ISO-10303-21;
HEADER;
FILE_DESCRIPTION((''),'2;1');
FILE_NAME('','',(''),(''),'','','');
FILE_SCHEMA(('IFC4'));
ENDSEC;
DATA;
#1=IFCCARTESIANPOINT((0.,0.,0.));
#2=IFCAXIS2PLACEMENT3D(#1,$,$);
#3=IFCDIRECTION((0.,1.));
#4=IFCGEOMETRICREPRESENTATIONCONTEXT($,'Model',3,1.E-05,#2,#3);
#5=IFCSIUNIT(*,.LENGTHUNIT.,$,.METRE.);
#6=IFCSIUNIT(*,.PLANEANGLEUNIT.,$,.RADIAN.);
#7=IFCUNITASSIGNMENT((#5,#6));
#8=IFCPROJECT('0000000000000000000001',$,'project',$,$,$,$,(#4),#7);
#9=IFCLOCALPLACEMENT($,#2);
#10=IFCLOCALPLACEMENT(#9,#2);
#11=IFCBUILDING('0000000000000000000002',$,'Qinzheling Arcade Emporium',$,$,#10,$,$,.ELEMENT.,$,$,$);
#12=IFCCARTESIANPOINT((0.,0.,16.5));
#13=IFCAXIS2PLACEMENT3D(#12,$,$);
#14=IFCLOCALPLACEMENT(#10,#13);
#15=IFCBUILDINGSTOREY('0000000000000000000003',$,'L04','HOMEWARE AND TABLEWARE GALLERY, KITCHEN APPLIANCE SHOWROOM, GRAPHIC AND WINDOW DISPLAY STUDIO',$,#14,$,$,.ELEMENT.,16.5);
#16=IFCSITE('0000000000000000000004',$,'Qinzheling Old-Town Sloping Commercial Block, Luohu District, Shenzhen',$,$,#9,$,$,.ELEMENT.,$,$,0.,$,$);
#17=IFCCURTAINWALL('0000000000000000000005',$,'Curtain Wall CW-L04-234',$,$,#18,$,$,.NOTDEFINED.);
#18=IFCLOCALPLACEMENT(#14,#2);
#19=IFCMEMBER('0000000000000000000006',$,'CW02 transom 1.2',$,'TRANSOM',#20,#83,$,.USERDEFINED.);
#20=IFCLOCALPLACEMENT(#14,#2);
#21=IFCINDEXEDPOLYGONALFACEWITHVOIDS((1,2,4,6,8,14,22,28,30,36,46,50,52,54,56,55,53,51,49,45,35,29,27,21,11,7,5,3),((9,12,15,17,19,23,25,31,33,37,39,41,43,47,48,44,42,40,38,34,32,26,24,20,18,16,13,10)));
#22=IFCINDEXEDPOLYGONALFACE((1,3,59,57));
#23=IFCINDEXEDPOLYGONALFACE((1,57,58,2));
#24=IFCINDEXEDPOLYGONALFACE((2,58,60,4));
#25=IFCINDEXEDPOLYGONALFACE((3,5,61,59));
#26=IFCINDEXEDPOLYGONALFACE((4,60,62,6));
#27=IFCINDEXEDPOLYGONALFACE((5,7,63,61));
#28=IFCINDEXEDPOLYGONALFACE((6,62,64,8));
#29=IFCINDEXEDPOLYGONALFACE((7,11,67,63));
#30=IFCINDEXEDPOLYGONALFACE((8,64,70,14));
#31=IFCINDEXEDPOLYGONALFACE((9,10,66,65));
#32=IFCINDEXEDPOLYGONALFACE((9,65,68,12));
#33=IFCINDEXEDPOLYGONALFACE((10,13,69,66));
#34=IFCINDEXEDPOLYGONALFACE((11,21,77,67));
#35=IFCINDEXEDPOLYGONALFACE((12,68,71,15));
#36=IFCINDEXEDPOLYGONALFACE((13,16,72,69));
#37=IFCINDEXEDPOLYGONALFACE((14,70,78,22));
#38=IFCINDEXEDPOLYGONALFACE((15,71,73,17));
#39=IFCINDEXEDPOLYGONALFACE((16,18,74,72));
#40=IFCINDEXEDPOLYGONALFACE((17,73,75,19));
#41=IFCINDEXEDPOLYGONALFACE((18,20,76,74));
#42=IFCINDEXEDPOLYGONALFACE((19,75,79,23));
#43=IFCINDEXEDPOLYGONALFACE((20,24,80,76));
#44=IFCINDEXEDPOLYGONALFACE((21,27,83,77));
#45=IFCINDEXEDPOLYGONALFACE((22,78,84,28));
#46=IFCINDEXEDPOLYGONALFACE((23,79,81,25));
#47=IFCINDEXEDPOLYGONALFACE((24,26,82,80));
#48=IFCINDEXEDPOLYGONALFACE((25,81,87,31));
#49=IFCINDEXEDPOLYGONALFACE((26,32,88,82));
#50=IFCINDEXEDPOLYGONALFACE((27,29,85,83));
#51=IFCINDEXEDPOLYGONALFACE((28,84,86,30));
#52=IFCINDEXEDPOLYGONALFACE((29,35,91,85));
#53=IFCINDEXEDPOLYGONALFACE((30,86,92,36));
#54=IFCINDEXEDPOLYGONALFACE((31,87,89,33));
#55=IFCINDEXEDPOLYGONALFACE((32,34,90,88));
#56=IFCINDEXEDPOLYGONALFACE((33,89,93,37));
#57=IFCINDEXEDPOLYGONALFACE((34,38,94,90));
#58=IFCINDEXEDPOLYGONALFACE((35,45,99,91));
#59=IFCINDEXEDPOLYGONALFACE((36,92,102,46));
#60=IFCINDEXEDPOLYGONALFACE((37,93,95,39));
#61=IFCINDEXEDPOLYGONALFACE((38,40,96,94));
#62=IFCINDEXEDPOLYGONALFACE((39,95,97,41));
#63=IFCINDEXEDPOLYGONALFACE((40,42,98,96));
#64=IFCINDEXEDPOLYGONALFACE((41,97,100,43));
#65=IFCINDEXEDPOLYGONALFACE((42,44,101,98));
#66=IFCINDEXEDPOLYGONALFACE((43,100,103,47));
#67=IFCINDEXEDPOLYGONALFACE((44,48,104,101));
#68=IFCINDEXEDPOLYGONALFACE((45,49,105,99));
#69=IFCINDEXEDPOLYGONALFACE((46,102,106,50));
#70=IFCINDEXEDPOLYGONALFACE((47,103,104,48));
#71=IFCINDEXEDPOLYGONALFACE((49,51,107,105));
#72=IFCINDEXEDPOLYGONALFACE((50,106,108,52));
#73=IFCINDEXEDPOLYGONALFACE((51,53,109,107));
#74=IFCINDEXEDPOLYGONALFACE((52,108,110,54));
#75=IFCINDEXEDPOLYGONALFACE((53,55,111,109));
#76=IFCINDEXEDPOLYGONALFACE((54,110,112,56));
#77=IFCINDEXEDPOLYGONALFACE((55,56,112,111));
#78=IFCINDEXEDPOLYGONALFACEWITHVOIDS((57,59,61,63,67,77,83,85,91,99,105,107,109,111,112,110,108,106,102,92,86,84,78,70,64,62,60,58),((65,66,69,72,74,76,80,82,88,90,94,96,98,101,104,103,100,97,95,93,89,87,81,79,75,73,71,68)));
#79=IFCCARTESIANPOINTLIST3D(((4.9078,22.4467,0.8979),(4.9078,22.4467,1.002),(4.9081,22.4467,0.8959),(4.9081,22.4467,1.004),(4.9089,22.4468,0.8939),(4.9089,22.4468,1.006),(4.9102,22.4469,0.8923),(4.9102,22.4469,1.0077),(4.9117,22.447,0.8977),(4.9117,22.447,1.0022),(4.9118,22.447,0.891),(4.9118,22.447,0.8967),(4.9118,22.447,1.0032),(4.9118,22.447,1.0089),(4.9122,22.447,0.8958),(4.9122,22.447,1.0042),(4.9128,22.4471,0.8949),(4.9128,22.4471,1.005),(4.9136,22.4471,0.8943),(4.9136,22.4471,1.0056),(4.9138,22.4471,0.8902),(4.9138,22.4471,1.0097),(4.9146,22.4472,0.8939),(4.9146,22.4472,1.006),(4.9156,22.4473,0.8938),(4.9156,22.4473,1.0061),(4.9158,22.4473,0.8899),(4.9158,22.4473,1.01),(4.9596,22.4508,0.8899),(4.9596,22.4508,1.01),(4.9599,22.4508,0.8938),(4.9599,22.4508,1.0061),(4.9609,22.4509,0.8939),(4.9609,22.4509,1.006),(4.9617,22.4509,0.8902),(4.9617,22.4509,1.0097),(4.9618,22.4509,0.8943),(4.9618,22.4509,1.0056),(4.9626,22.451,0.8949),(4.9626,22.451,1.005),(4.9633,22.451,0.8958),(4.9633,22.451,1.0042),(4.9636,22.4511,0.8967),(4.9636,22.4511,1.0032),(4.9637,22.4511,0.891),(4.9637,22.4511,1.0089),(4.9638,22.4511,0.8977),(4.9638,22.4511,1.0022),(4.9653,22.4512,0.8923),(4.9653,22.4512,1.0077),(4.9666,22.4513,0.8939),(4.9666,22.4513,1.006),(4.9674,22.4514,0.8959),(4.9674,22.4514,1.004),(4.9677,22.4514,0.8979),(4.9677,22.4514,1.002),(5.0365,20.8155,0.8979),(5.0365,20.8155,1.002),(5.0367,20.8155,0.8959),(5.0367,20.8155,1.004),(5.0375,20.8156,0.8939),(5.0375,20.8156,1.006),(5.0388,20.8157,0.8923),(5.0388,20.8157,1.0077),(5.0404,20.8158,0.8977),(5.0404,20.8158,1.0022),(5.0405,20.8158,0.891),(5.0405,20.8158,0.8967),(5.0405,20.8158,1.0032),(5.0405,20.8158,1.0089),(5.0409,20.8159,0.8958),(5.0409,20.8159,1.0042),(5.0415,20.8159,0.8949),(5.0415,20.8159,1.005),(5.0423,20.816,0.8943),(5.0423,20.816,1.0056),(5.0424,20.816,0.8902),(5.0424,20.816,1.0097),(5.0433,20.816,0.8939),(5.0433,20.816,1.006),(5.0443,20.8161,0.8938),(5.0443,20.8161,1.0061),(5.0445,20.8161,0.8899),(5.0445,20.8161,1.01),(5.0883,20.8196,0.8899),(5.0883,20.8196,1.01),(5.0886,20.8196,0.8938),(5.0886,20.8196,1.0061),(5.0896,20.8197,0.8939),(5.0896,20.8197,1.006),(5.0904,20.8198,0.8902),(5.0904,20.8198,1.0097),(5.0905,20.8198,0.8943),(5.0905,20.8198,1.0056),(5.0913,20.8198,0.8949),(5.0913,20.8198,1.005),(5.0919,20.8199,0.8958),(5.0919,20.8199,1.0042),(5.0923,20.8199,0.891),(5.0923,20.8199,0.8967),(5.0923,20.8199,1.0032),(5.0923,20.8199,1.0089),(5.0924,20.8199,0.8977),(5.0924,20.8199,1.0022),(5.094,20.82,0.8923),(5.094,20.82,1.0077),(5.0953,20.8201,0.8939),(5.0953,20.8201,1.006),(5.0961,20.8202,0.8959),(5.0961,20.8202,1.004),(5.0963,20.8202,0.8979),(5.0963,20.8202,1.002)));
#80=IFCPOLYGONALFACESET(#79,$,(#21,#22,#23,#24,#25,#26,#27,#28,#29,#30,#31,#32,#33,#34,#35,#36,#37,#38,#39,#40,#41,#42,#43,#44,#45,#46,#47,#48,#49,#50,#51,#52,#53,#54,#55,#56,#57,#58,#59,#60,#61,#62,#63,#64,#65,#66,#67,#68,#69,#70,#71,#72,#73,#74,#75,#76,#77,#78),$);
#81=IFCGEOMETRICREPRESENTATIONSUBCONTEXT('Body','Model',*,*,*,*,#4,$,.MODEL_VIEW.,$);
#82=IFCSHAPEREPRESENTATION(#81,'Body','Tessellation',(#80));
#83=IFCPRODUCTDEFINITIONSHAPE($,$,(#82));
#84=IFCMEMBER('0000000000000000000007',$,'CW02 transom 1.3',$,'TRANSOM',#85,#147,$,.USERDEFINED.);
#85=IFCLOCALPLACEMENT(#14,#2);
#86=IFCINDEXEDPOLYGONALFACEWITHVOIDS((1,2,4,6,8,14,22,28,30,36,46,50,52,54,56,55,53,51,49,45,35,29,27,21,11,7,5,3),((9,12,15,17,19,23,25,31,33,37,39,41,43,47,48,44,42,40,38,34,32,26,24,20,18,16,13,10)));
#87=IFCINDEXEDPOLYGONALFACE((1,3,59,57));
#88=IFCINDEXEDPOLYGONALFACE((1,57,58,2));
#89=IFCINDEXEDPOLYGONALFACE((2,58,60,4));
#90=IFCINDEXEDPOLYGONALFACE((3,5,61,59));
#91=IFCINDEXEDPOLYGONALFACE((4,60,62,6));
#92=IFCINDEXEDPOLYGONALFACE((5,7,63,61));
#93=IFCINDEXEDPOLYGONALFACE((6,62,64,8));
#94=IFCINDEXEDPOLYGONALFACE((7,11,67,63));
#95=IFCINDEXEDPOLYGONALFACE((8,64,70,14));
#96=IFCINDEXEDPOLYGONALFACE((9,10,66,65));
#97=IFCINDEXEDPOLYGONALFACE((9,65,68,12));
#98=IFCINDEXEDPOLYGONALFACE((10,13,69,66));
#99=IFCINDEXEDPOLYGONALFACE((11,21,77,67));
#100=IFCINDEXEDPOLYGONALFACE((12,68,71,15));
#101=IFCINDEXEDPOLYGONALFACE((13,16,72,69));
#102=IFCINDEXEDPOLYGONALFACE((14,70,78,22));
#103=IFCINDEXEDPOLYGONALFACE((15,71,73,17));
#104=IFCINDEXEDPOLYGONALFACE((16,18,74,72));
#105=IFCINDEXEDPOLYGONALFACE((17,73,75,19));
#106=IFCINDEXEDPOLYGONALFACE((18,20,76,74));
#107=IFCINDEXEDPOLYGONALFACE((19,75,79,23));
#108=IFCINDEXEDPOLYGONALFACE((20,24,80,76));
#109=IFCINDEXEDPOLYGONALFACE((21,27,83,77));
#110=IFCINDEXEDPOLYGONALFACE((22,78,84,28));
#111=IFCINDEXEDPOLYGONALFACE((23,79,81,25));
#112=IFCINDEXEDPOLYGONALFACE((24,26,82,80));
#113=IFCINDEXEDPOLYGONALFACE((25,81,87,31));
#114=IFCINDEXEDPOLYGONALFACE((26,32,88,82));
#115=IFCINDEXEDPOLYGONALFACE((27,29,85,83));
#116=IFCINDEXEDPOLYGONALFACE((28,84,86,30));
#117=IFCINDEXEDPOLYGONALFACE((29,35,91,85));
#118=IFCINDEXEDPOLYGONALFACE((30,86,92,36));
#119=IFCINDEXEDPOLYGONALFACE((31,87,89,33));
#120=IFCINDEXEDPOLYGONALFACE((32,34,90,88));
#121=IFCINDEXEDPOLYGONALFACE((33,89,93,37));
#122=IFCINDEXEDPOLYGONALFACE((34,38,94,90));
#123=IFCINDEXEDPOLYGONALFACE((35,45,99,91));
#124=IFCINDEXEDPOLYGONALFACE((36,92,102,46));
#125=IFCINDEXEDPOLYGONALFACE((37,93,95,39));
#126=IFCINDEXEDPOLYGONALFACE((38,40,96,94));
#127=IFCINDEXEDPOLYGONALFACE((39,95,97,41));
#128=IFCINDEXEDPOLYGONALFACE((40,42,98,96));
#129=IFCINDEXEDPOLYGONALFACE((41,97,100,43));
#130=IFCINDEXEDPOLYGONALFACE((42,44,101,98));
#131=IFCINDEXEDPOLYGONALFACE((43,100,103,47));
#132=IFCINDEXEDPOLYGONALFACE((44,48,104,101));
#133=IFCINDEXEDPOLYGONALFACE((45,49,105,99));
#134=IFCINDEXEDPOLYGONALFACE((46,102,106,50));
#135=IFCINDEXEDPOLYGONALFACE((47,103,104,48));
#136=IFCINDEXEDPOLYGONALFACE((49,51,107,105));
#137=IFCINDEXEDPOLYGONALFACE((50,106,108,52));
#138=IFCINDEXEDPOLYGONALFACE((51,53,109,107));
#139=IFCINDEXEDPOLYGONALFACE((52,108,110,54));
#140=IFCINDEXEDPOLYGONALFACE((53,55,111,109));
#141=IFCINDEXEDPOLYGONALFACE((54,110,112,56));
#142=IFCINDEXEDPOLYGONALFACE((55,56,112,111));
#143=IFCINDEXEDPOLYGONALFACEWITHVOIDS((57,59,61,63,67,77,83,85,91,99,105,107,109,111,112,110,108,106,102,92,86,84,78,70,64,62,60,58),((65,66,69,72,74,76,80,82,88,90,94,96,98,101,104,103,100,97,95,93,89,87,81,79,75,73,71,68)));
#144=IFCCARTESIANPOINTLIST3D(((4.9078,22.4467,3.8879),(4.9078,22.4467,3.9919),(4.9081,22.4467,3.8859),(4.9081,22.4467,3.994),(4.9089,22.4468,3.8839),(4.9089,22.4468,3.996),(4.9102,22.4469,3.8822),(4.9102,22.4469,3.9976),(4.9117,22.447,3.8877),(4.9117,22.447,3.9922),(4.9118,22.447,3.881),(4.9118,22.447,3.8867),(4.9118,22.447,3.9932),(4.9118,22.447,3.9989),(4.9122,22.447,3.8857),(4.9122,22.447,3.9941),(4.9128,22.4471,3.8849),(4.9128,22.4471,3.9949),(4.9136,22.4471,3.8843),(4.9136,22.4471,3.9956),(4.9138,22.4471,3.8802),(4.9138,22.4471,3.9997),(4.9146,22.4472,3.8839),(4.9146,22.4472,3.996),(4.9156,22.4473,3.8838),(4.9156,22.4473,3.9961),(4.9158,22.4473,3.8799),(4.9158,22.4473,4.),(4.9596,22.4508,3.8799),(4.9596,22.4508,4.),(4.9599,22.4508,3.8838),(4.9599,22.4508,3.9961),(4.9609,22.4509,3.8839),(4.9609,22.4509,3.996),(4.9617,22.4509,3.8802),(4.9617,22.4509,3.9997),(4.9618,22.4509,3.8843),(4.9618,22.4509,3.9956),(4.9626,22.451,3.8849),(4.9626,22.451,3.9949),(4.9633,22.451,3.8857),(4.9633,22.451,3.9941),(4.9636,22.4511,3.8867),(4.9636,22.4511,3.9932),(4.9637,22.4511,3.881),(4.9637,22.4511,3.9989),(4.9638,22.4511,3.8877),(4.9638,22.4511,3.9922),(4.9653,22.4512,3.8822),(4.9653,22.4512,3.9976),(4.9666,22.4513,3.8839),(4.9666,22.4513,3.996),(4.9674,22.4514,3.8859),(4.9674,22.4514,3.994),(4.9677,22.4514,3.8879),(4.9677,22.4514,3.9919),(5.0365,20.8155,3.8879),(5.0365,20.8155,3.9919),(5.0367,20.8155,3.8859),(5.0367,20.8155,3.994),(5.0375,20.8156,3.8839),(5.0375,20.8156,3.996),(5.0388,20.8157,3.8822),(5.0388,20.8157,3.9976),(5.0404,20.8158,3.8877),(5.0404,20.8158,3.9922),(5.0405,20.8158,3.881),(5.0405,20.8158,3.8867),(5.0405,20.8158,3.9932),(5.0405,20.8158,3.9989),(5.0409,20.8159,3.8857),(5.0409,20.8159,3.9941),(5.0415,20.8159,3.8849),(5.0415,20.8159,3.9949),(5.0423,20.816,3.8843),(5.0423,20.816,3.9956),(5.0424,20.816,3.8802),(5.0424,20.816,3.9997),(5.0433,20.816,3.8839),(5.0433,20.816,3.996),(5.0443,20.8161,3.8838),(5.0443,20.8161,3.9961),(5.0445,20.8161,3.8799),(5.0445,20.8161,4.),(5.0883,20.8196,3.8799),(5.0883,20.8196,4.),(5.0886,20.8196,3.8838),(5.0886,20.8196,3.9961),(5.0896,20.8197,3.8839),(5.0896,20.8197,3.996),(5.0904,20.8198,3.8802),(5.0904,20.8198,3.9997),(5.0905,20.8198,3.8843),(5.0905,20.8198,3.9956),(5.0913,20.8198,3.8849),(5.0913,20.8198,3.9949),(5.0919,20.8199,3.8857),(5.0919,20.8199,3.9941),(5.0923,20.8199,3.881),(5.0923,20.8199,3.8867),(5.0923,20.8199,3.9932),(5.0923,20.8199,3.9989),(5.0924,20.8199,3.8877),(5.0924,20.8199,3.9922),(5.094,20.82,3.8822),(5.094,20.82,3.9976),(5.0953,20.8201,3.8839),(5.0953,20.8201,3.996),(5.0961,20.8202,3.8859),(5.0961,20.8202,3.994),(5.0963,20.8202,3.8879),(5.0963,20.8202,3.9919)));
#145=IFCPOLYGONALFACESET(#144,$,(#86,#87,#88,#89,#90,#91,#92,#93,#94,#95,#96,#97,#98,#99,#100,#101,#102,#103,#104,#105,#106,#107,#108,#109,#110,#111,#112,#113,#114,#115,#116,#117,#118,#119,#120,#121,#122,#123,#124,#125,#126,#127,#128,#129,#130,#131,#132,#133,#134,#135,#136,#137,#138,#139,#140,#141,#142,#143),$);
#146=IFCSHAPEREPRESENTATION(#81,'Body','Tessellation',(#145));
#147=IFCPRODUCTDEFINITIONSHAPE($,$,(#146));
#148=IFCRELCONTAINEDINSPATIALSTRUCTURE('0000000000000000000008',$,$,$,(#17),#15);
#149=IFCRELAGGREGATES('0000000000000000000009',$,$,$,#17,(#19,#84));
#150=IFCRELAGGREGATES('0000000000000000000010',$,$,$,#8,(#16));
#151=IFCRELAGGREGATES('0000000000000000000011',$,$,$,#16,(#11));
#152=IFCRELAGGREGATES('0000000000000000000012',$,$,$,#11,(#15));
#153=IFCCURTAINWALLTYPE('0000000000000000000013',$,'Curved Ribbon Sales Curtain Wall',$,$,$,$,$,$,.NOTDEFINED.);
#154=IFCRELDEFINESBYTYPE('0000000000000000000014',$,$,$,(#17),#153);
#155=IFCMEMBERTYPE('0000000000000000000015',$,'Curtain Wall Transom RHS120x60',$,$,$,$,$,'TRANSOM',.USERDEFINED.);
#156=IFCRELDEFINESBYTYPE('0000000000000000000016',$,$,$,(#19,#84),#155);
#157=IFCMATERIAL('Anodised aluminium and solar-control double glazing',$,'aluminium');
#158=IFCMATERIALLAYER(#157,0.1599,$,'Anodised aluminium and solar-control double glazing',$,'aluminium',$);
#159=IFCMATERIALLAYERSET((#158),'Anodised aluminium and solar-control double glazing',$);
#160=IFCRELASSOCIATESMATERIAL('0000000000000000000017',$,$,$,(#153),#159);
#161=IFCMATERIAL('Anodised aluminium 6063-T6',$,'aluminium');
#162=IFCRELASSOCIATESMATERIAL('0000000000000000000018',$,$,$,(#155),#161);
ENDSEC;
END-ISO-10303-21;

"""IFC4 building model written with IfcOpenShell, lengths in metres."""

from ifc_helpers import new_model, si_unit, direction, frame, origin, origin_2d, place, context, subcontext, project, spatial, hollow_rectangle, extrude, material, layer, layer_set, material_profile, profile_set, type_object, element, aggregate, save


model = new_model("IFC4")

# Units and contexts
model_context = context("Model", 3, precision=1e-05, world=origin(), true_north=direction((0.0, 1.0)))
body_context = subcontext(model_context, "Body", "Model", "MODEL_VIEW")
ifc_project = project(units=[si_unit("LENGTHUNIT", "METRE"), si_unit("PLANEANGLEUNIT", "RADIAN")], contexts=[model_context])

# Site, building, storey
site_placement = place(None, origin())
site = spatial("IfcSite", under=ifc_project, at=site_placement, Name="Qinzheling Old-Town Sloping Commercial Block, Luohu District, Shenzhen", CompositionType="ELEMENT", RefElevation=0.0)
building_placement = place(site_placement, origin())
building = spatial("IfcBuilding", under=site, at=building_placement, Name="Qinzheling Arcade Emporium", CompositionType="ELEMENT")
storey_placement = place(building_placement, frame((0.0, 0.0, 16.5)))
storey = spatial("IfcBuildingStorey", under=building, at=storey_placement, Name="L04", Description="HOMEWARE AND TABLEWARE GALLERY, KITCHEN APPLIANCE SHOWROOM, GRAPHIC AND WINDOW DISPLAY STUDIO", CompositionType="ELEMENT", Elevation=16.5)

# Curtain wall
ifc_material_1 = material(Name="Anodised aluminium and solar-control double glazing", Category="aluminium")
ifc_layer_1 = layer(ifc_material_1, 0.1599, Name="Anodised aluminium and solar-control double glazing", Category="aluminium")
ifc_layer_set_1 = layer_set([ifc_layer_1], Name="Anodised aluminium and solar-control double glazing")
curtain_wall_type_1 = type_object("IfcCurtainWallType", Name="Curved Ribbon Sales Curtain Wall", PredefinedType="NOTDEFINED", material=ifc_layer_set_1)
ifc_material_2 = material(Name="Anodised aluminium 6063-T6", Category="aluminium")
curtain_wall_1_placement = place(storey_placement, origin())
curtain_wall_1 = element("IfcCurtainWall", 1, at=curtain_wall_1_placement, inside=storey, type_object=curtain_wall_type_1, Name="Curtain Wall CW-L04-234", PredefinedType="NOTDEFINED")

# Members
ifc_material_profile_1 = material_profile(ifc_material_2, hollow_rectangle(XDim=0.0601, YDim=0.1201, WallThickness=0.0039, InnerFilletRadius=0.0039, OuterFilletRadius=0.0081, at=origin_2d()), Name="RHS 120x60x4", Category="aluminium")
ifc_profile_set_1 = profile_set([ifc_material_profile_1], Name="Anodised aluminium 6063-T6")
member_type_1 = type_object("IfcMemberType", Name="Curtain Wall Transom RHS120x60", ElementType="TRANSOM", PredefinedType="USERDEFINED", material=ifc_profile_set_1)
member_1_placement = place(storey_placement, frame((5.0664, 20.8179, 0.95), z_axis=(-0.078636, 0.996903, 0.0), x_axis=(-0.996903, -0.078636, 0.0)))
member_1 = element("IfcMember", 2, at=member_1_placement, type_object=member_type_1, Name="CW02 transom 1.2", ObjectType="TRANSOM", PredefinedType="USERDEFINED", context=body_context, shape_type="SweptSolid", body=[
    extrude(hollow_rectangle(XDim=0.0601, YDim=0.1201, WallThickness=0.0039, InnerFilletRadius=0.0039, OuterFilletRadius=0.0081, at=origin_2d()), origin(), (0.0, 0.0, 1.0), 1.6362),
])
member_2_placement = place(storey_placement, frame((5.0664, 20.8179, 3.9399), z_axis=(-0.078636, 0.996903, 0.0), x_axis=(-0.996903, -0.078636, 0.0)))
member_2 = element("IfcMember", 3, at=member_2_placement, type_object=member_type_1, Name="CW02 transom 1.3", ObjectType="TRANSOM", PredefinedType="USERDEFINED", context=body_context, shape_type="SweptSolid", body=[
    extrude(hollow_rectangle(XDim=0.0601, YDim=0.1201, WallThickness=0.0039, InnerFilletRadius=0.0039, OuterFilletRadius=0.0081, at=origin_2d()), origin(), (0.0, 0.0, 1.0), 1.6362),
])

aggregate(curtain_wall_1, [member_1, member_2])

save(model, "model.ifc")
